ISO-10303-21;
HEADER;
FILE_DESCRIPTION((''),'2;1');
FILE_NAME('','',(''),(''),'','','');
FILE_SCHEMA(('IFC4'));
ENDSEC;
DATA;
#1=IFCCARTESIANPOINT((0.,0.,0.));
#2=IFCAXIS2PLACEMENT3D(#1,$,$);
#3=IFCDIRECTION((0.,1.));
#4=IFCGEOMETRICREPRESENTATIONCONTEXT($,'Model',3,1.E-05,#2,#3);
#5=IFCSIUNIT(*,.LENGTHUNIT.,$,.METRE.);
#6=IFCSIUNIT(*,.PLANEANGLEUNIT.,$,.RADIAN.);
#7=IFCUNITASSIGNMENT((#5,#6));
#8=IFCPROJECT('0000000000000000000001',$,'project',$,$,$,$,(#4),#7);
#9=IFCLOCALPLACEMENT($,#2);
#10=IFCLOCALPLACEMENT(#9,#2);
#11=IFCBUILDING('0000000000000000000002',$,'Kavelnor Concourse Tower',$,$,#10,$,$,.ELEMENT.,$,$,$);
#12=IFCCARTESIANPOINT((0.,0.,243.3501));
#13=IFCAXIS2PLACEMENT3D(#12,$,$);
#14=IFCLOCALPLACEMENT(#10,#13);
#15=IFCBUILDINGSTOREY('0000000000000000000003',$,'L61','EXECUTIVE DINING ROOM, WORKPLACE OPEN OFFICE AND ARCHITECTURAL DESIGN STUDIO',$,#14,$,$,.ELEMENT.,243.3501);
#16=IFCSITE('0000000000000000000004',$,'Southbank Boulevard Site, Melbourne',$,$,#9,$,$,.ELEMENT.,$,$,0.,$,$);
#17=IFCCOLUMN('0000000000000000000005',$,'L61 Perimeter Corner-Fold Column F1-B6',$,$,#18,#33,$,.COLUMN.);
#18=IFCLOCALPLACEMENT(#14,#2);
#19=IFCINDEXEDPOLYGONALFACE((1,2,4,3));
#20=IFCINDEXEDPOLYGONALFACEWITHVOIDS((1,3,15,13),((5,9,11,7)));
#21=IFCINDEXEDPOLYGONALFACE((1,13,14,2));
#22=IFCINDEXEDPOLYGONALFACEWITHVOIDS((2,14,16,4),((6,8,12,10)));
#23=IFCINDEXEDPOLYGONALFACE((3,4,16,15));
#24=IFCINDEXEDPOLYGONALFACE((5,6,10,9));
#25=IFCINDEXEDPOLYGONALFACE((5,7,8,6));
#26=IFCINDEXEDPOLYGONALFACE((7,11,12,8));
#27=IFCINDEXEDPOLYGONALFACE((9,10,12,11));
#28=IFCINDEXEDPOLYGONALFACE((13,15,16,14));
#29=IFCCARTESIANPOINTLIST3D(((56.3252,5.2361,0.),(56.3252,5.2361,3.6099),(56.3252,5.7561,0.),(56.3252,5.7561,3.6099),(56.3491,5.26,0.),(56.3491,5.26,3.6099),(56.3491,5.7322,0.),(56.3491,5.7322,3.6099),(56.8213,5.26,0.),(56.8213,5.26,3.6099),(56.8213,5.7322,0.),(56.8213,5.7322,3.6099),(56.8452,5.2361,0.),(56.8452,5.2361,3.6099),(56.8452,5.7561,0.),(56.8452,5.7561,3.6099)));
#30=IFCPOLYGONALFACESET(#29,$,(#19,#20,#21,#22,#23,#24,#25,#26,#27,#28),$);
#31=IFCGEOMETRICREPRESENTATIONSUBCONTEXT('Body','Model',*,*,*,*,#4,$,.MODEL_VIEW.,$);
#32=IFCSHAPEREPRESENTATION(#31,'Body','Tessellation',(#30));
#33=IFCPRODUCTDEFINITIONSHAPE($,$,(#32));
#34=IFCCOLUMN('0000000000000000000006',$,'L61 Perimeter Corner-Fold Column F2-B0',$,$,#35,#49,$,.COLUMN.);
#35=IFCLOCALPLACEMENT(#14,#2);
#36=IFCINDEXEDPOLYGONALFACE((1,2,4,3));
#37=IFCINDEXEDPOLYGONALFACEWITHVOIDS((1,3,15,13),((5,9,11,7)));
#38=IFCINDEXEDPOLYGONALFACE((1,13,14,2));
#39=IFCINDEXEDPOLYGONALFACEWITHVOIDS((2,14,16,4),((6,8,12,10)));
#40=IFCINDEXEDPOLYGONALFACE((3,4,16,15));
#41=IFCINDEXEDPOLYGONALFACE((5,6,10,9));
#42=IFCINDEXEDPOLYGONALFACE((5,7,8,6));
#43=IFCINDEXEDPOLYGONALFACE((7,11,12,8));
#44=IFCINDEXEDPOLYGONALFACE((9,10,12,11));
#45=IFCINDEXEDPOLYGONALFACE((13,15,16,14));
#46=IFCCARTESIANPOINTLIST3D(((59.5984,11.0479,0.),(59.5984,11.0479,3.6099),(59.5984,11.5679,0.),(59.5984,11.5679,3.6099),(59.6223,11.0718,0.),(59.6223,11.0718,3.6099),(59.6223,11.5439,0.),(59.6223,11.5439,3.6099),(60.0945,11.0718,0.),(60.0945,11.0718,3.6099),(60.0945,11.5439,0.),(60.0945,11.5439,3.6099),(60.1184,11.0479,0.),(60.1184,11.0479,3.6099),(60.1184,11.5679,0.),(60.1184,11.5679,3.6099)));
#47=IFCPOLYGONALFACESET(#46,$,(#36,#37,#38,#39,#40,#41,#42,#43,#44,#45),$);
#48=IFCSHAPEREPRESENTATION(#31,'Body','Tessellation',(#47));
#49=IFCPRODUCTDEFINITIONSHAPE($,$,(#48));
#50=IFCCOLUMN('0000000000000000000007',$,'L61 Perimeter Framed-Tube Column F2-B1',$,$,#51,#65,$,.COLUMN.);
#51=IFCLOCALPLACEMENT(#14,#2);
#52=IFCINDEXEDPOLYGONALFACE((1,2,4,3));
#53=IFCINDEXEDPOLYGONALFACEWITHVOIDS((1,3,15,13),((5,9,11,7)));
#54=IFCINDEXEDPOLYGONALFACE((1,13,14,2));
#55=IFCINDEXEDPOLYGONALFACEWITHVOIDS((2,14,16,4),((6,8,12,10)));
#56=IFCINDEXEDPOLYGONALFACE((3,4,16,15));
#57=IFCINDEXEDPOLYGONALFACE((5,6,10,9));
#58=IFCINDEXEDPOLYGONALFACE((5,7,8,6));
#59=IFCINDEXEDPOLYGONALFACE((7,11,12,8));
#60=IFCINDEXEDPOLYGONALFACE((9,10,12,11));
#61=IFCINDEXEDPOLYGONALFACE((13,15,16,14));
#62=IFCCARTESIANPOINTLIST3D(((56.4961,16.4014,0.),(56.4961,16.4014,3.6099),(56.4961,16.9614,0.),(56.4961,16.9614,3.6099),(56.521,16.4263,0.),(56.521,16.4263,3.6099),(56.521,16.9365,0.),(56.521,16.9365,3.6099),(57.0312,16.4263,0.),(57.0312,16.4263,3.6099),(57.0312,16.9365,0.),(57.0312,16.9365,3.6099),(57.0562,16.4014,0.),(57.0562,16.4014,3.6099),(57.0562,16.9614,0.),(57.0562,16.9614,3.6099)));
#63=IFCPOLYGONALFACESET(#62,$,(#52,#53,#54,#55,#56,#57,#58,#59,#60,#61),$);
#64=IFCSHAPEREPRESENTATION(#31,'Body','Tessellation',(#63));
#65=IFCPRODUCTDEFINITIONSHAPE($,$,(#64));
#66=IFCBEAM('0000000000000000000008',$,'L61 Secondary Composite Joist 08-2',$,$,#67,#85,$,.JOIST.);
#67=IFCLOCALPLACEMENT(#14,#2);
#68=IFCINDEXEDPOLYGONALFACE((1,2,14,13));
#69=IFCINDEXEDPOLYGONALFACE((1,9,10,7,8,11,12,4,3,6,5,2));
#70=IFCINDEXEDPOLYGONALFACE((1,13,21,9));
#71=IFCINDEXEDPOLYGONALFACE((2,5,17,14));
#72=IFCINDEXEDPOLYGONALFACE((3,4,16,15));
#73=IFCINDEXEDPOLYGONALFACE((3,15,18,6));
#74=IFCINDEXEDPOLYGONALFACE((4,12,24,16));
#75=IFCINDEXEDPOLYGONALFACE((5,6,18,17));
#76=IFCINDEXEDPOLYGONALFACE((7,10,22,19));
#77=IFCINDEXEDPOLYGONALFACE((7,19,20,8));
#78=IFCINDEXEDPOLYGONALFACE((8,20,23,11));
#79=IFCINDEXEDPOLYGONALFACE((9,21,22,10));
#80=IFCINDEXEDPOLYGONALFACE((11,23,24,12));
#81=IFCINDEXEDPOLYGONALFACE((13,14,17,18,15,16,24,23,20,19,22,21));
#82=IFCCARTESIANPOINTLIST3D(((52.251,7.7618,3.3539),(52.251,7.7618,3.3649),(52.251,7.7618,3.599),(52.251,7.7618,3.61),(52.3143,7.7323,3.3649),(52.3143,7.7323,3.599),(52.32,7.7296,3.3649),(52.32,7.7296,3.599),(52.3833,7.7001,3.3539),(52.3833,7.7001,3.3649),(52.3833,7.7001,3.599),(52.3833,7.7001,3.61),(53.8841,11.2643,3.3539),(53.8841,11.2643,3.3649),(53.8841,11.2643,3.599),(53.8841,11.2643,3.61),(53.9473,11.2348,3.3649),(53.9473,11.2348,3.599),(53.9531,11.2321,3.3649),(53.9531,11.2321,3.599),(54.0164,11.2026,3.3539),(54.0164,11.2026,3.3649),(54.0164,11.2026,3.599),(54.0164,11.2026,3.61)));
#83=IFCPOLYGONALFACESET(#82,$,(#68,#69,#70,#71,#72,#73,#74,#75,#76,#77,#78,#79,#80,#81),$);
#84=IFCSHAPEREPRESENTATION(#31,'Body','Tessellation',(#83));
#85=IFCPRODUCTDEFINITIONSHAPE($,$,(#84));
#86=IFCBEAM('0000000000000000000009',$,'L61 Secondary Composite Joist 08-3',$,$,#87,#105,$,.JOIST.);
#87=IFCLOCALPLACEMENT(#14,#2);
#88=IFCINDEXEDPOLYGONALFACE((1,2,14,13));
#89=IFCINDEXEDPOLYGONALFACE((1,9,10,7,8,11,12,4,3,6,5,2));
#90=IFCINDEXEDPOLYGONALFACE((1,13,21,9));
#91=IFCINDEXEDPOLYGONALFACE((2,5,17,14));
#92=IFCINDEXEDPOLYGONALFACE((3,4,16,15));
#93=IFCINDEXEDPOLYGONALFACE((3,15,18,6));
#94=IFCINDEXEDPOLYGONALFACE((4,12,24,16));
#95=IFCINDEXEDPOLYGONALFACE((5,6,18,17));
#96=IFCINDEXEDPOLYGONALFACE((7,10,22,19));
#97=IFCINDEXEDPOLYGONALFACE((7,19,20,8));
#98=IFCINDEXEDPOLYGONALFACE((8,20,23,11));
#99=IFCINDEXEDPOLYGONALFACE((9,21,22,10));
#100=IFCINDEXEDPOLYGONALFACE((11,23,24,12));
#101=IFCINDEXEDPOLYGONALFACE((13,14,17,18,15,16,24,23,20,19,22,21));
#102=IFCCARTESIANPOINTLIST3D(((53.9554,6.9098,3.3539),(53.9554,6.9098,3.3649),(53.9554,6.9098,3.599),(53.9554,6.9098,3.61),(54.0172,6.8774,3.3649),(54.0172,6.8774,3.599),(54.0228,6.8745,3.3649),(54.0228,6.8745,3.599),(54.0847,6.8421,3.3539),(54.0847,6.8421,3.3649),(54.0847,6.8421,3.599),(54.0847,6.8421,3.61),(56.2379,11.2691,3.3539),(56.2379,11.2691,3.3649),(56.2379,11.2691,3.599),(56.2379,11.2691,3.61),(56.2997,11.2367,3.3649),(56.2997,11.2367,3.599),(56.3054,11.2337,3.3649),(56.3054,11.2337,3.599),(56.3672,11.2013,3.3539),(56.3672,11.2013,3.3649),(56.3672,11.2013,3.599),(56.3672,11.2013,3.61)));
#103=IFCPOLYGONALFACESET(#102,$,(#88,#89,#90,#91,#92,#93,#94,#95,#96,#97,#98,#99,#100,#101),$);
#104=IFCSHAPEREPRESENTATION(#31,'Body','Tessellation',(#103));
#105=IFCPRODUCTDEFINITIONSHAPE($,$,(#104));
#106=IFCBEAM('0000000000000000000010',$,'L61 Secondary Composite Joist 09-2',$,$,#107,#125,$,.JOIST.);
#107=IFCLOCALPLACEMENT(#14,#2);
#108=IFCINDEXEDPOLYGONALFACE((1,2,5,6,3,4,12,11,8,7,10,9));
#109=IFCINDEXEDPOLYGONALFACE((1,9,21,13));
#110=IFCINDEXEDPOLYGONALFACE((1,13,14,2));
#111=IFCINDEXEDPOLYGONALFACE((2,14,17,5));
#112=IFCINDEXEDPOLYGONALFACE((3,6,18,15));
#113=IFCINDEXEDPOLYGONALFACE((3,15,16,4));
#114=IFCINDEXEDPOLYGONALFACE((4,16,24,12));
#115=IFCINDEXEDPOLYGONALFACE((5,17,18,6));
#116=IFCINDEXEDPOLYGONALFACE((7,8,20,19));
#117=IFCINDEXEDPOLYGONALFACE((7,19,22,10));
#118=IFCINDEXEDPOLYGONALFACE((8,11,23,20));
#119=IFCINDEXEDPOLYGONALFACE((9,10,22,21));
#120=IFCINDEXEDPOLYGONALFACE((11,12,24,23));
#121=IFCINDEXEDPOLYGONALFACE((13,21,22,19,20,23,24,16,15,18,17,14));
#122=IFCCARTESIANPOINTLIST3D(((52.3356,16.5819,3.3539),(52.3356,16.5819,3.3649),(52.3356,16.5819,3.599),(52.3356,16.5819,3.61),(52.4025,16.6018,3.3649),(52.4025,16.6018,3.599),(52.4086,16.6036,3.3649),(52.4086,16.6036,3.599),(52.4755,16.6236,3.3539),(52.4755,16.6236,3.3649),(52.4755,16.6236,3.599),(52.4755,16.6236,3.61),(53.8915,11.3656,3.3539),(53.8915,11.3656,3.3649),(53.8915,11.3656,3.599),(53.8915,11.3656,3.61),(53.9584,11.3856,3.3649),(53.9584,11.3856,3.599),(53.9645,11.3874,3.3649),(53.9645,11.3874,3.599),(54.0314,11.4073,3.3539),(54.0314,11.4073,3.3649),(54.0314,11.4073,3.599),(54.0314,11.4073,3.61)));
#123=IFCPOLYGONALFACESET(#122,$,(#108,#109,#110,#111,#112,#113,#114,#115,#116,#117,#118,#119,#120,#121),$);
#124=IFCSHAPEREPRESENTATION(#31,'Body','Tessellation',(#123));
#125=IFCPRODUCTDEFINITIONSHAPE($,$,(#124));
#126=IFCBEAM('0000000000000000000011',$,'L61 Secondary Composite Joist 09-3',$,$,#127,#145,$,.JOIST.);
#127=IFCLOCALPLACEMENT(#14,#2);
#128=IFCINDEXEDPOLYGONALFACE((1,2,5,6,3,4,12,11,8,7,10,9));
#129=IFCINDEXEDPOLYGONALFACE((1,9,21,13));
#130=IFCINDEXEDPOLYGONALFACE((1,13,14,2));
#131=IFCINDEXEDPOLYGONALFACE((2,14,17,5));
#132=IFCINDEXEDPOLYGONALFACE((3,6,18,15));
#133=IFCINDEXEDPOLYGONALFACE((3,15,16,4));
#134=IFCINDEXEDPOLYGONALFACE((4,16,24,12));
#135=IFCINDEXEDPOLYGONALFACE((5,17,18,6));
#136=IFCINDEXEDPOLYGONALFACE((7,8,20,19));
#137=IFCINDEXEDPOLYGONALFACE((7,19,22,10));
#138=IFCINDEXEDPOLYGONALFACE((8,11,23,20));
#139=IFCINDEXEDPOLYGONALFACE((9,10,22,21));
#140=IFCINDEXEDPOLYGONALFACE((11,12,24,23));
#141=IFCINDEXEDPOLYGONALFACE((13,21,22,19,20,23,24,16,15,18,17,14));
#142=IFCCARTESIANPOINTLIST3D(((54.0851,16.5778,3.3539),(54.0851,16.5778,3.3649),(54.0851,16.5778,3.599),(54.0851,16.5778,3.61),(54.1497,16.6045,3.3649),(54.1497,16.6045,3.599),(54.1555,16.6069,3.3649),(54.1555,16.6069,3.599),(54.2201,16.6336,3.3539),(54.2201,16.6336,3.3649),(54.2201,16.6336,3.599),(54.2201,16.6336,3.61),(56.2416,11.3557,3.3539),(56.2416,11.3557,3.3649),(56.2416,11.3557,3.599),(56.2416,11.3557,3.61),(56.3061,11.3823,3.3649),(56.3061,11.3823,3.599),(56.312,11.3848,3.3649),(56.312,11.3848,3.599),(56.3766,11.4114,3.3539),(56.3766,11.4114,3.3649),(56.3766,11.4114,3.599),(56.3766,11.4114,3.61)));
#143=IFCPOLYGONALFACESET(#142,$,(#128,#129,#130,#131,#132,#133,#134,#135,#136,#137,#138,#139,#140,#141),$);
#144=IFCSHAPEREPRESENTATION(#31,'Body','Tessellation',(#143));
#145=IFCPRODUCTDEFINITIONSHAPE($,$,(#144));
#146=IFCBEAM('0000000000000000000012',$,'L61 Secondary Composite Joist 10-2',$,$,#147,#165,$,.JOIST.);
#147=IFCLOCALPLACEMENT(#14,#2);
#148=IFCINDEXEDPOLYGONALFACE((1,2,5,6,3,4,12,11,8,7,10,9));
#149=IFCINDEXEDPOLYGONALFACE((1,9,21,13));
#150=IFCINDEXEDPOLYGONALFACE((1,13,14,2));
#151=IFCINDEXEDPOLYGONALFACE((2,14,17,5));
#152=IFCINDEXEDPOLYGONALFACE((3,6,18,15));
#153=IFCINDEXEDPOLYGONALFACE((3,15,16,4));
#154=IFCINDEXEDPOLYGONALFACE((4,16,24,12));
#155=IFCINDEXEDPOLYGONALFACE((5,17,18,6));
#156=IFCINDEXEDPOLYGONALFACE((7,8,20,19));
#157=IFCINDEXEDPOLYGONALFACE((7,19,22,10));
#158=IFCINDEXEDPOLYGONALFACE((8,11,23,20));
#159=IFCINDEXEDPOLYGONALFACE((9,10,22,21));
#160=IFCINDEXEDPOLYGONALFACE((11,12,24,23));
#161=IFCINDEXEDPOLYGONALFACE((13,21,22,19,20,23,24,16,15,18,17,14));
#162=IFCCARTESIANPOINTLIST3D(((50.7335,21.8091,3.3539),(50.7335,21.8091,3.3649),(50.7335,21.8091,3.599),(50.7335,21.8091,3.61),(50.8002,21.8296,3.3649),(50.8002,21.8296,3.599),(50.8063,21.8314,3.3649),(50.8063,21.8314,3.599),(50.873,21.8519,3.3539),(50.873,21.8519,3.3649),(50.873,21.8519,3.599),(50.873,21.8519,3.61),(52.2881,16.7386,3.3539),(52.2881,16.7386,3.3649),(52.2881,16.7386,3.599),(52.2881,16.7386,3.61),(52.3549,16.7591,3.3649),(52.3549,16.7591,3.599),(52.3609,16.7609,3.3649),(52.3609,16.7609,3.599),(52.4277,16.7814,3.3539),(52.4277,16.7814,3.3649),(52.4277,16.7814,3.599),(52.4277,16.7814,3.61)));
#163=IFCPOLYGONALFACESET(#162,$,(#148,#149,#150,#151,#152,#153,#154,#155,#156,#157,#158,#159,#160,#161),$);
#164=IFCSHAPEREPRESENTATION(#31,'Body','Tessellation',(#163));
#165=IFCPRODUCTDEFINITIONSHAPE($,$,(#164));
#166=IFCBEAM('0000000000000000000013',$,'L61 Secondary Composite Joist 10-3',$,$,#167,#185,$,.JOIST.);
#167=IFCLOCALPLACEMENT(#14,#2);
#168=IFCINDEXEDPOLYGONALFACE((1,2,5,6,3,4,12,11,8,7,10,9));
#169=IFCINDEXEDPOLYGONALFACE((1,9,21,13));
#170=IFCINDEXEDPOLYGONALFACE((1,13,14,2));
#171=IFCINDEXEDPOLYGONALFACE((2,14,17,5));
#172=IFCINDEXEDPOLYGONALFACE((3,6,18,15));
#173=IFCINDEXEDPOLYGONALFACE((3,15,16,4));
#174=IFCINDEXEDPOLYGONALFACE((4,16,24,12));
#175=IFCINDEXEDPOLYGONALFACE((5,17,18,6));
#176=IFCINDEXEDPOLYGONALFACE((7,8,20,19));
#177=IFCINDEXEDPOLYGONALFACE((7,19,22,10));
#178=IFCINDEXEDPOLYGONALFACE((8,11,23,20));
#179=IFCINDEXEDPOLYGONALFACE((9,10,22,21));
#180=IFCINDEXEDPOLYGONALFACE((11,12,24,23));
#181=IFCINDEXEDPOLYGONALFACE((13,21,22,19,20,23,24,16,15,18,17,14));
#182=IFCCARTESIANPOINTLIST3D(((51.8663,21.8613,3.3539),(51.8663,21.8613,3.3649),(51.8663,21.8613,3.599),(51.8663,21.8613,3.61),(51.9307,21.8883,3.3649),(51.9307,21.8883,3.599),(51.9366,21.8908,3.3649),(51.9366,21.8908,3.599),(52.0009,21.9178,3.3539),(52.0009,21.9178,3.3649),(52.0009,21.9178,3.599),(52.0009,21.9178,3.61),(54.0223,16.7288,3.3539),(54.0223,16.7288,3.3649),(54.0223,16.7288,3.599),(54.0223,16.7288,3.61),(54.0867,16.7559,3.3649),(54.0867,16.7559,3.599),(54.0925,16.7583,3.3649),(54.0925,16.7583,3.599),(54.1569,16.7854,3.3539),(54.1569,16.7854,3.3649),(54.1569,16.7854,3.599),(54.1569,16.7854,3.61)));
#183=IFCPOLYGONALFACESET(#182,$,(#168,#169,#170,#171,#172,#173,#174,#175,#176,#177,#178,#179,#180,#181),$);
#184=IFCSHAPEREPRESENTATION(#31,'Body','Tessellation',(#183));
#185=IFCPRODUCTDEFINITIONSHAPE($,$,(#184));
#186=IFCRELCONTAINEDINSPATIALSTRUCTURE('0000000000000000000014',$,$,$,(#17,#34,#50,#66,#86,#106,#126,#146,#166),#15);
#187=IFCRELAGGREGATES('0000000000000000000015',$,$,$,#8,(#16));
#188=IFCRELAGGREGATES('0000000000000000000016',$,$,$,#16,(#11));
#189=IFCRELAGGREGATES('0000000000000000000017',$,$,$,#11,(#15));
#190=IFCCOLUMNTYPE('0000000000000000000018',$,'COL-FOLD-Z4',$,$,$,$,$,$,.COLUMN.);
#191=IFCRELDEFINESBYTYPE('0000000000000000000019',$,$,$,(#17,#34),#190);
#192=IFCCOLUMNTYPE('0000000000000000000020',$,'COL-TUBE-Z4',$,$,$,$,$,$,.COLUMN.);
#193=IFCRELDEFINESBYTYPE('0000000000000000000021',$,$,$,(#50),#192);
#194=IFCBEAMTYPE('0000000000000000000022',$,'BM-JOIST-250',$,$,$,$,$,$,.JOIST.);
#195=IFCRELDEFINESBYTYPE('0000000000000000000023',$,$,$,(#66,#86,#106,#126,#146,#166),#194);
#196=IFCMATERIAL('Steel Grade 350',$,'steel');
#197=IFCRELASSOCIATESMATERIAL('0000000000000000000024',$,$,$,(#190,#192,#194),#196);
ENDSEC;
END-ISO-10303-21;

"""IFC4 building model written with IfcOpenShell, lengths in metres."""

from ifc_helpers import new_model, si_unit, direction, frame, origin, origin_2d, place, context, subcontext, project, spatial, hollow_rectangle, i_section, extrude, material, material_profile, profile_set, type_object, element, save


model = new_model("IFC4")

# Units and contexts
model_context = context("Model", 3, precision=1e-05, world=origin(), true_north=direction((0.0, 1.0)))
body_context = subcontext(model_context, "Body", "Model", "MODEL_VIEW")
ifc_project = project(units=[si_unit("LENGTHUNIT", "METRE"), si_unit("PLANEANGLEUNIT", "RADIAN")], contexts=[model_context])

# Site, building, storey
site_placement = place(None, origin())
site = spatial("IfcSite", under=ifc_project, at=site_placement, Name="Southbank Boulevard Site, Melbourne", CompositionType="ELEMENT", RefElevation=0.0)
building_placement = place(site_placement, origin())
building = spatial("IfcBuilding", under=site, at=building_placement, Name="Kavelnor Concourse Tower", CompositionType="ELEMENT")
storey_placement = place(building_placement, frame((0.0, 0.0, 243.3501)))
storey = spatial("IfcBuildingStorey", under=building, at=storey_placement, Name="L61", Description="EXECUTIVE DINING ROOM, WORKPLACE OPEN OFFICE AND ARCHITECTURAL DESIGN STUDIO", CompositionType="ELEMENT", Elevation=243.3501)

# Columns
ifc_material_1 = material(Name="Steel Grade 350", Category="steel")
ifc_material_profile_1 = material_profile(ifc_material_1, hollow_rectangle(XDim=0.52, YDim=0.52, WallThickness=0.0239, at=origin_2d()), Name="SHS 520x520x24")
ifc_profile_set_1 = profile_set([ifc_material_profile_1], Name="Steel Grade 350")
column_type_1 = type_object("IfcColumnType", Name="COL-FOLD-Z4", PredefinedType="COLUMN", material=ifc_profile_set_1)
for number, where, z_axis, x_axis, name in (
    (1, (56.5852, 5.4961, 0.0), (0.0, 0.0, 1.0), (1.0, 0.0, 0.0), "L61 Perimeter Corner-Fold Column F1-B6"),
    (2, (59.8584, 11.3079, 0.0), (0.0, 0.0, 1.0), (1.0, 0.0, 0.0), "L61 Perimeter Corner-Fold Column F2-B0"),
):
    element("IfcColumn", number, at=place(storey_placement, frame(where, z_axis=z_axis, x_axis=x_axis)), inside=storey, type_object=column_type_1, Name=name, PredefinedType="COLUMN", context=body_context, shape_type="SweptSolid", body=[
        extrude(hollow_rectangle(XDim=0.52, YDim=0.52, WallThickness=0.0239, at=origin_2d()), origin(), (0.0, 0.0, 1.0), 3.6099),
    ])
ifc_material_profile_2 = material_profile(ifc_material_1, hollow_rectangle(XDim=0.5601, YDim=0.5601, WallThickness=0.0249, at=origin_2d()), Name="SHS 560x560x25")
ifc_profile_set_2 = profile_set([ifc_material_profile_2], Name="Steel Grade 350")
column_type_2 = type_object("IfcColumnType", Name="COL-TUBE-Z4", PredefinedType="COLUMN", material=ifc_profile_set_2)
column_placement = place(storey_placement, frame((56.7761, 16.6814, 0.0), z_axis=(0.0, 0.0, 1.0), x_axis=(1.0, 0.0, 0.0)))
element("IfcColumn", 3, at=column_placement, inside=storey, type_object=column_type_2, Name="L61 Perimeter Framed-Tube Column F2-B1", PredefinedType="COLUMN", context=body_context, shape_type="SweptSolid", body=[
    extrude(hollow_rectangle(XDim=0.5601, YDim=0.5601, WallThickness=0.0249, at=origin_2d()), origin(), (0.0, 0.0, 1.0), 3.6099),
])

# Beams
ifc_material_profile_3 = material_profile(ifc_material_1, i_section(OverallWidth=0.146, OverallDepth=0.2561, WebThickness=0.0063, FlangeThickness=0.011, at=origin_2d()), Name="250UB37")
ifc_profile_set_3 = profile_set([ifc_material_profile_3], Name="Steel Grade 350")
beam_type_1 = type_object("IfcBeamType", Name="BM-JOIST-250", PredefinedType="JOIST", material=ifc_profile_set_3)
beam_1_placement = place(storey_placement, frame((52.3171, 7.731, 3.4819), z_axis=(0.422585, 0.906324, 0.0), x_axis=(-0.906324, 0.422585, 0.0)))
element("IfcBeam", 4, at=beam_1_placement, inside=storey, type_object=beam_type_1, Name="L61 Secondary Composite Joist 08-2", PredefinedType="JOIST", context=body_context, shape_type="SweptSolid", body=[
    extrude(i_section(OverallWidth=0.146, OverallDepth=0.2561, WebThickness=0.0063, FlangeThickness=0.011, at=origin_2d()), origin(), (0.0, 0.0, 1.0), 3.8645),
])
beam_2_placement = place(storey_placement, frame((54.02, 6.876, 3.4819), z_axis=(0.463866, 0.885905, 0.0), x_axis=(-0.885905, 0.463866, 0.0)))
element("IfcBeam", 5, at=beam_2_placement, inside=storey, type_object=beam_type_1, Name="L61 Secondary Composite Joist 08-3", PredefinedType="JOIST", context=body_context, shape_type="SweptSolid", body=[
    extrude(i_section(OverallWidth=0.146, OverallDepth=0.2561, WebThickness=0.0063, FlangeThickness=0.011, at=origin_2d()), origin(), (0.0, 0.0, 1.0), 4.9207),
])
beam_3_placement = place(storey_placement, frame((53.9614, 11.3865, 3.4819), z_axis=(-0.285833, 0.958279, 0.0), x_axis=(-0.958279, -0.285833, 0.0)))
element("IfcBeam", 6, at=beam_3_placement, inside=storey, type_object=beam_type_1, Name="L61 Secondary Composite Joist 09-2", PredefinedType="JOIST", context=body_context, shape_type="SweptSolid", body=[
    extrude(i_section(OverallWidth=0.146, OverallDepth=0.2561, WebThickness=0.0063, FlangeThickness=0.011, at=origin_2d()), origin(), (0.0, 0.0, 1.0), 5.4434),
])
beam_4_placement = place(storey_placement, frame((56.3091, 11.3835, 3.4819), z_axis=(-0.381686, 0.924292, 0.0), x_axis=(-0.924292, -0.381686, 0.0)))
element("IfcBeam", 7, at=beam_4_placement, inside=storey, type_object=beam_type_1, Name="L61 Secondary Composite Joist 09-3", PredefinedType="JOIST", context=body_context, shape_type="SweptSolid", body=[
    extrude(i_section(OverallWidth=0.146, OverallDepth=0.2561, WebThickness=0.0063, FlangeThickness=0.011, at=origin_2d()), origin(), (0.0, 0.0, 1.0), 5.6499),
])
beam_5_placement = place(storey_placement, frame((52.3579, 16.76, 3.4819), z_axis=(-0.293141, 0.956069, 0.0), x_axis=(-0.956069, -0.293141, 0.0)))
element("IfcBeam", 8, at=beam_5_placement, inside=storey, type_object=beam_type_1, Name="L61 Secondary Composite Joist 10-2", PredefinedType="JOIST", context=body_context, shape_type="SweptSolid", body=[
    extrude(i_section(OverallWidth=0.146, OverallDepth=0.2561, WebThickness=0.0063, FlangeThickness=0.011, at=origin_2d()), origin(), (0.0, 0.0, 1.0), 5.3035),
])
beam_6_placement = place(storey_placement, frame((54.0896, 16.7571, 3.4819), z_axis=(-0.387282, 0.921961, 0.0), x_axis=(-0.921961, -0.387282, 0.0)))
element("IfcBeam", 9, at=beam_6_placement, inside=storey, type_object=beam_type_1, Name="L61 Secondary Composite Joist 10-3", PredefinedType="JOIST", context=body_context, shape_type="SweptSolid", body=[
    extrude(i_section(OverallWidth=0.146, OverallDepth=0.2561, WebThickness=0.0063, FlangeThickness=0.011, at=origin_2d()), origin(), (0.0, 0.0, 1.0), 5.5669),
])

save(model, "model.ifc")
